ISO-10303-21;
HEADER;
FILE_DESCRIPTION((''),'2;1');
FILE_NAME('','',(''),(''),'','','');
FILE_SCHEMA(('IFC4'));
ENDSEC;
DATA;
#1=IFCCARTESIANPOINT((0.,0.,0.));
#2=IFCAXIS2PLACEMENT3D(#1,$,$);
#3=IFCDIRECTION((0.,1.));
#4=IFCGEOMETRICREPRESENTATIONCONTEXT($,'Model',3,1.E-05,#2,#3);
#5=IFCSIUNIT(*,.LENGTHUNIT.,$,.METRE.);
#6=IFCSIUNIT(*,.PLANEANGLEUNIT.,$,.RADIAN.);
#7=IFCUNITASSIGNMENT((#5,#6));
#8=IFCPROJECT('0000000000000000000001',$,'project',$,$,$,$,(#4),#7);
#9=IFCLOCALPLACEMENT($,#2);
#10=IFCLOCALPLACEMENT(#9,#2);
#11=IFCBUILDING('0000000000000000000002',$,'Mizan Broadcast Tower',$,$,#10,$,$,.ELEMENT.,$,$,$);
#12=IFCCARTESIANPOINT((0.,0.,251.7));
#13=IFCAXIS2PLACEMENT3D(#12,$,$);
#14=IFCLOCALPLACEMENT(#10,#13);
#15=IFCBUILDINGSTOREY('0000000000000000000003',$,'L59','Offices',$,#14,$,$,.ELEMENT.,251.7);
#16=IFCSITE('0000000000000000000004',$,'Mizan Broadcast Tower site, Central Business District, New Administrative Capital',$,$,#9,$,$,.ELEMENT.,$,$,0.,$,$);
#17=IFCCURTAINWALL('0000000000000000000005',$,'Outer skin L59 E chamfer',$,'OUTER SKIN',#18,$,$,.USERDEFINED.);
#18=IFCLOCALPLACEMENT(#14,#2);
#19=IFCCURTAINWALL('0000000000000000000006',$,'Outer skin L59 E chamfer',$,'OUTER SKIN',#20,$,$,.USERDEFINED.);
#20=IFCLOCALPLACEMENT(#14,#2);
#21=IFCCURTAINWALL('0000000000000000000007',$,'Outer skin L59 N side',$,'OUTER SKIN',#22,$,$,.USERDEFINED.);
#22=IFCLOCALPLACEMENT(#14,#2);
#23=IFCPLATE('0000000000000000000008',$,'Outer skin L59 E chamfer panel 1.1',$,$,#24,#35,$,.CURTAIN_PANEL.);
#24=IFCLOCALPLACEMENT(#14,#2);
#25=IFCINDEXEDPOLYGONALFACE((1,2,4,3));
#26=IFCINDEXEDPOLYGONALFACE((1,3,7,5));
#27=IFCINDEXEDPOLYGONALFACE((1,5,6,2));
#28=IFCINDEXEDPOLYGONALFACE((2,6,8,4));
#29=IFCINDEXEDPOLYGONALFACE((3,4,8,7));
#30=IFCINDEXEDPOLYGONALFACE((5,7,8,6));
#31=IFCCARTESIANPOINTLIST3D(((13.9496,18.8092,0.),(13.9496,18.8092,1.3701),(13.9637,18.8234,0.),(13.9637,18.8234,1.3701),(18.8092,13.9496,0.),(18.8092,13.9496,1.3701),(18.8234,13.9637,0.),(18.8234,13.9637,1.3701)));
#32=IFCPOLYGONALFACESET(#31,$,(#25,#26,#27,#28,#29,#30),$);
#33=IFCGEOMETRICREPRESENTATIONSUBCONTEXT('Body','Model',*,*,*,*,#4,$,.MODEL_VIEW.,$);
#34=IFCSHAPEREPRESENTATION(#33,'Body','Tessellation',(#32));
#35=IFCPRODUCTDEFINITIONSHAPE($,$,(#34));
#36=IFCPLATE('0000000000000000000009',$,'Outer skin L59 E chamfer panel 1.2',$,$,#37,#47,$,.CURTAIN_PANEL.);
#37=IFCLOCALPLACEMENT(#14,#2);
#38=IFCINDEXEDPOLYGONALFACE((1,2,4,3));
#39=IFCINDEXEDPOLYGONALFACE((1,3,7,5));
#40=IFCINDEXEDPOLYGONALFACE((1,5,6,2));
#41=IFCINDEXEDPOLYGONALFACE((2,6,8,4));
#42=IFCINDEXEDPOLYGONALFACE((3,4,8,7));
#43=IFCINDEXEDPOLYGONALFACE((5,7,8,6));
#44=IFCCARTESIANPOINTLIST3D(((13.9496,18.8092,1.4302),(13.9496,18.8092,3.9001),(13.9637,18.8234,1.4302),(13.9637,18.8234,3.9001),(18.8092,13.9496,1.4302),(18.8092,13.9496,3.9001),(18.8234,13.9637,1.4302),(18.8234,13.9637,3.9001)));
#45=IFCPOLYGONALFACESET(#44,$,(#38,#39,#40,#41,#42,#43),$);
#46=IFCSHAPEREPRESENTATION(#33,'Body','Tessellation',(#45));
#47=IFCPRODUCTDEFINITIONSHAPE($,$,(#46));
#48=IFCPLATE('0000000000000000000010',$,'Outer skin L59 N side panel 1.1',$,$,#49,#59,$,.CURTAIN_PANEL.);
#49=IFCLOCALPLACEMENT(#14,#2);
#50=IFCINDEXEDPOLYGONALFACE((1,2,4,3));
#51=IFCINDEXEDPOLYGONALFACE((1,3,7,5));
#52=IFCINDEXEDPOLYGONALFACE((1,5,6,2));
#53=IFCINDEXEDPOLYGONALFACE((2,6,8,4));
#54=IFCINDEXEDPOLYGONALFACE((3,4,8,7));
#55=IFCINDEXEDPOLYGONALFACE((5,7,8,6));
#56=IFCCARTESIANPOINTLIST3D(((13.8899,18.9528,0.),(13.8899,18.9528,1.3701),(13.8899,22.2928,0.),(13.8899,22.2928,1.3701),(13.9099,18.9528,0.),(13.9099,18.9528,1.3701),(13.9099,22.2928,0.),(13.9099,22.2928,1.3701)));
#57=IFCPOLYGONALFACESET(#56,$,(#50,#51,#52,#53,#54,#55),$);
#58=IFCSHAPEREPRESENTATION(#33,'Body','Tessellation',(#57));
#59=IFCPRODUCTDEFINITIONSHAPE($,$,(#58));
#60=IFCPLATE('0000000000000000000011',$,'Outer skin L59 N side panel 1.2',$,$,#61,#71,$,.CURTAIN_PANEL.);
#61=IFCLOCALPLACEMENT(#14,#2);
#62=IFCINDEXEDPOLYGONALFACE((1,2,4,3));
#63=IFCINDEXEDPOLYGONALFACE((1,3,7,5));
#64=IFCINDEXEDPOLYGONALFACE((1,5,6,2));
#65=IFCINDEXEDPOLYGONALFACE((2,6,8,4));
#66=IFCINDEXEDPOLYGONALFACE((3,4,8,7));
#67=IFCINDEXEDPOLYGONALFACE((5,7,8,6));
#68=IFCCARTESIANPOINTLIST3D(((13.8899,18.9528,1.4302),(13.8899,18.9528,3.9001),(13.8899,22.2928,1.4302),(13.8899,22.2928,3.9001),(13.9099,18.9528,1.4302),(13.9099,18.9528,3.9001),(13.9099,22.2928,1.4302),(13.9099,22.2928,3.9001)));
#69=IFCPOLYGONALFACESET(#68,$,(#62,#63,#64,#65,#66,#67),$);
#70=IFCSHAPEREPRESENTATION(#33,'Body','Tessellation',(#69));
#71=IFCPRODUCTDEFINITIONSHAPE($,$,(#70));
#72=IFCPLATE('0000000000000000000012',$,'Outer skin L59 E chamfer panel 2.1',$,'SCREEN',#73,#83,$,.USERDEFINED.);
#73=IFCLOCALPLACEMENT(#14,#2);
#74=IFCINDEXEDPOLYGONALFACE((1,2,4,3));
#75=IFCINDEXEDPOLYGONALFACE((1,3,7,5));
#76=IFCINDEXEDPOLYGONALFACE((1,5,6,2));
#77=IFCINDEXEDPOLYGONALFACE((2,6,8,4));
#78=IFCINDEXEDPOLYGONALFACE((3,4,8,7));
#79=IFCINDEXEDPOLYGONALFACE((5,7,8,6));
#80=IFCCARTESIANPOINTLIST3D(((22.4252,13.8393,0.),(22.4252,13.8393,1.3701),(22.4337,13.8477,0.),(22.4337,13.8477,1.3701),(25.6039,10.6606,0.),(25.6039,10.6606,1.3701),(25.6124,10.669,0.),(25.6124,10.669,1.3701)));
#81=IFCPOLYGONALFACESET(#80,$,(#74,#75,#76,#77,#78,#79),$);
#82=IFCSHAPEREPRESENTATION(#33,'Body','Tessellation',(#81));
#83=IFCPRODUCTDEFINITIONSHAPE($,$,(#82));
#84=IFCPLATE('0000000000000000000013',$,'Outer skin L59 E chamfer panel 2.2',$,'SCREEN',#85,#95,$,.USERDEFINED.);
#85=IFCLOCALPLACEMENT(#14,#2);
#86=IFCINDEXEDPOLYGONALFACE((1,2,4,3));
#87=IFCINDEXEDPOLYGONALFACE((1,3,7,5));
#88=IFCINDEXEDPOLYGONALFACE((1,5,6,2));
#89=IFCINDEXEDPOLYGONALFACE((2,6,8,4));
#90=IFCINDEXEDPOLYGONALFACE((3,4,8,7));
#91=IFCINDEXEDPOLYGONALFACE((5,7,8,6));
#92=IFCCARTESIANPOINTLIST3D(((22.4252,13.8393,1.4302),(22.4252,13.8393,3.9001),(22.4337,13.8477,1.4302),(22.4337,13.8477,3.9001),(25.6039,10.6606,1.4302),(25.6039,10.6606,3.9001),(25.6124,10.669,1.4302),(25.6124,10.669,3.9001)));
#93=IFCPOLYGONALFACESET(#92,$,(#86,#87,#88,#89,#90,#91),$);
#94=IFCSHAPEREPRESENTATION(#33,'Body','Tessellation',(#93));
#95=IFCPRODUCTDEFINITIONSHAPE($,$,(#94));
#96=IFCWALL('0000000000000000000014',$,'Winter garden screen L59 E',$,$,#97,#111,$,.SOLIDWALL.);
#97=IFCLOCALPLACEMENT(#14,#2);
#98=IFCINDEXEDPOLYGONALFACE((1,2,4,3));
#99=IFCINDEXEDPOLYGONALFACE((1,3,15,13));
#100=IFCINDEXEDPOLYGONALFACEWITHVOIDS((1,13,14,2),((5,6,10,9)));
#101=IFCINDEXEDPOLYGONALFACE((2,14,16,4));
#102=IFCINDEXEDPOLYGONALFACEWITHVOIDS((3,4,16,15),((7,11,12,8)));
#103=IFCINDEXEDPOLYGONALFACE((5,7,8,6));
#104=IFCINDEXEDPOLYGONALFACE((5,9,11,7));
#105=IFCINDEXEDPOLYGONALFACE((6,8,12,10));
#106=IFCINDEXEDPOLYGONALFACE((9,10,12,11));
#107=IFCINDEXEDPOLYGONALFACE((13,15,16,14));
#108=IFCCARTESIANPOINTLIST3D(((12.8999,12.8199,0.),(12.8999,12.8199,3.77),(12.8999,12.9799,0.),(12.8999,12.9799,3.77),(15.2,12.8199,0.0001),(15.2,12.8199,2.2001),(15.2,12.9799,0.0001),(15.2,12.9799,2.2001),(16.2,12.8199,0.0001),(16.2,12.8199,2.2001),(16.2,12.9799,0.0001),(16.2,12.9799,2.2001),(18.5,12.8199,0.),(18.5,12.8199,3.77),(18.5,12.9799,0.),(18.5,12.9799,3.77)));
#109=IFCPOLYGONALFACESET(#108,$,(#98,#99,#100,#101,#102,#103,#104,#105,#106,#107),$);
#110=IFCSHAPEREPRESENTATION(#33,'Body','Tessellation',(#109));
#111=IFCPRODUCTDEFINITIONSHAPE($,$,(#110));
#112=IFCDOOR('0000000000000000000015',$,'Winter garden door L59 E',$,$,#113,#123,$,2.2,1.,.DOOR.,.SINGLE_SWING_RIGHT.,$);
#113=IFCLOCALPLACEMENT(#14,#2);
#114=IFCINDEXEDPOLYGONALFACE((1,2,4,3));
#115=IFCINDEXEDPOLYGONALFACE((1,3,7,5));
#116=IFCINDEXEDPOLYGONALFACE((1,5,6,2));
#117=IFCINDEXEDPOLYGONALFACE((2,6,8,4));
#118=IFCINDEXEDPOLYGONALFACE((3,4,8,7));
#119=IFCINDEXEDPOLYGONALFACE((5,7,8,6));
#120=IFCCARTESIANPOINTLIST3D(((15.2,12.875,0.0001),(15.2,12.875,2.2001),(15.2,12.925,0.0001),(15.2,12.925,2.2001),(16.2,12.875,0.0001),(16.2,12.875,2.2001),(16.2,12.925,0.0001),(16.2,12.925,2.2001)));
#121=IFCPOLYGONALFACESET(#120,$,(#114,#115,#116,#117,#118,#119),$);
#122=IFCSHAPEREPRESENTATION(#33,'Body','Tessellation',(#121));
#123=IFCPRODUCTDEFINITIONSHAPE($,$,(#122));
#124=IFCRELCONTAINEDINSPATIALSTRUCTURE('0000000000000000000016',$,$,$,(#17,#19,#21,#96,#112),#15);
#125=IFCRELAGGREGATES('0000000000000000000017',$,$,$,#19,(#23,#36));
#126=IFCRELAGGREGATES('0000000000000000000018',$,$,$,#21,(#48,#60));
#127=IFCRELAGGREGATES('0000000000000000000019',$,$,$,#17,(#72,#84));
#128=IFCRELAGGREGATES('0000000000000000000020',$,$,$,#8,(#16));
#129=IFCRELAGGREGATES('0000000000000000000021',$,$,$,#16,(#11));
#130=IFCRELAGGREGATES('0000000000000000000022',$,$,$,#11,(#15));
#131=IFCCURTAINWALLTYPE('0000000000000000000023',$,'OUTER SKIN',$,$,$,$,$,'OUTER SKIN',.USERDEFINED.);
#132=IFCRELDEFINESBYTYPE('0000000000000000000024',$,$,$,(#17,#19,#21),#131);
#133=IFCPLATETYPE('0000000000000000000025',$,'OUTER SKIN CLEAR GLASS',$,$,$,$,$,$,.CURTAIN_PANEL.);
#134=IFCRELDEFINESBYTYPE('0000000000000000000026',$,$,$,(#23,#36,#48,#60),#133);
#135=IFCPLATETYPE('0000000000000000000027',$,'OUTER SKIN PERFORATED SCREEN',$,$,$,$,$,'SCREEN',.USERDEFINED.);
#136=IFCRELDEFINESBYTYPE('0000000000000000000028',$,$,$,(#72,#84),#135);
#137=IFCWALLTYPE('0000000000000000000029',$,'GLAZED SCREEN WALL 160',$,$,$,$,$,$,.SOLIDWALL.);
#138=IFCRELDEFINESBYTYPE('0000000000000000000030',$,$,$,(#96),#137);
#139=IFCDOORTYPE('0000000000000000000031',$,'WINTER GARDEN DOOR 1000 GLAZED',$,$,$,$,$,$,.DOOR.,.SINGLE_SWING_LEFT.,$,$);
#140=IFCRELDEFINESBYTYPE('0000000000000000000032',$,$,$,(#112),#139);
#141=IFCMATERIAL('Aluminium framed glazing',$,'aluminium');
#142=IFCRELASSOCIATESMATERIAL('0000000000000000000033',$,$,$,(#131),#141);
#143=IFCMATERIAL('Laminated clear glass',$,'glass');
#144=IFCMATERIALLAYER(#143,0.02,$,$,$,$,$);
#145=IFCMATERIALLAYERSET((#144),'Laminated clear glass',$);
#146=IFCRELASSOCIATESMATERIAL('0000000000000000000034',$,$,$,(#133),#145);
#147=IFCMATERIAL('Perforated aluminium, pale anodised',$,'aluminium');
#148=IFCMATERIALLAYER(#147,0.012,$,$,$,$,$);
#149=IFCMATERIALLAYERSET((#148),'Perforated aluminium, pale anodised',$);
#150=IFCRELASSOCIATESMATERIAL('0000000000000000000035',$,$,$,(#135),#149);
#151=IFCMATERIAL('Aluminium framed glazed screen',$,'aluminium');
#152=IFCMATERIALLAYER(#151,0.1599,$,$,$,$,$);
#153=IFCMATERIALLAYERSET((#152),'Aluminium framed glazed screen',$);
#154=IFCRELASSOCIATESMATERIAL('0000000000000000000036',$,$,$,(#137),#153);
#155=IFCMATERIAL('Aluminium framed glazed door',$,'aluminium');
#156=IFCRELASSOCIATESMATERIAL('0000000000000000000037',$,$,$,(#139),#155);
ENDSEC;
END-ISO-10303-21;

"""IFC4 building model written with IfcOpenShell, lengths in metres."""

from ifc_helpers import new_model, si_unit, direction, frame, frame_2d, origin, origin_2d, place, context, subcontext, project, spatial, rectangle, extrude, material, layer, layer_set, type_object, element, fill, aggregate, save


model = new_model("IFC4")

# Units and contexts
model_context = context("Model", 3, precision=1e-05, world=origin(), true_north=direction((0.0, 1.0)))
body_context = subcontext(model_context, "Body", "Model", "MODEL_VIEW")
ifc_project = project(units=[si_unit("LENGTHUNIT", "METRE"), si_unit("PLANEANGLEUNIT", "RADIAN")], contexts=[model_context])

# Site, building, storey
site_placement = place(None, origin())
site = spatial("IfcSite", under=ifc_project, at=site_placement, Name="Mizan Broadcast Tower site, Central Business District, New Administrative Capital", CompositionType="ELEMENT", RefElevation=0.0)
building_placement = place(site_placement, origin())
building = spatial("IfcBuilding", under=site, at=building_placement, Name="Mizan Broadcast Tower", CompositionType="ELEMENT")
storey_placement = place(building_placement, frame((0.0, 0.0, 251.7)))
storey = spatial("IfcBuildingStorey", under=building, at=storey_placement, Name="L59", Description="Offices", CompositionType="ELEMENT", Elevation=251.7)

# Curtain walls
ifc_material_1 = material(Name="Aluminium framed glazing", Category="aluminium")
curtain_wall_type_1 = type_object("IfcCurtainWallType", Name="OUTER SKIN", ElementType="OUTER SKIN", PredefinedType="USERDEFINED", material=ifc_material_1)
curtain_wall_1_placement = place(storey_placement, origin())
curtain_wall_1 = element("IfcCurtainWall", 1, at=curtain_wall_1_placement, inside=storey, type_object=curtain_wall_type_1, Name="Outer skin L59 E chamfer", ObjectType="OUTER SKIN", PredefinedType="USERDEFINED")
curtain_wall_2_placement = place(storey_placement, origin())
curtain_wall_2 = element("IfcCurtainWall", 2, at=curtain_wall_2_placement, inside=storey, type_object=curtain_wall_type_1, Name="Outer skin L59 E chamfer", ObjectType="OUTER SKIN", PredefinedType="USERDEFINED")
curtain_wall_3_placement = place(storey_placement, origin())
curtain_wall_3 = element("IfcCurtainWall", 3, at=curtain_wall_3_placement, inside=storey, type_object=curtain_wall_type_1, Name="Outer skin L59 N side", ObjectType="OUTER SKIN", PredefinedType="USERDEFINED")

# Plates
ifc_material_2 = material(Name="Laminated clear glass", Category="glass")
ifc_layer_1 = layer(ifc_material_2, 0.02)
ifc_layer_set_1 = layer_set([ifc_layer_1], Name="Laminated clear glass")
plate_type_1 = type_object("IfcPlateType", Name="OUTER SKIN CLEAR GLASS", PredefinedType="CURTAIN_PANEL", material=ifc_layer_set_1)
plate_1_placement = place(storey_placement, frame((16.3865, 16.3865, 0.0), z_axis=(0.0, 0.0, 1.0), x_axis=(-0.707107, 0.707107, 0.0)))
plate_1 = element("IfcPlate", 4, at=plate_1_placement, type_object=plate_type_1, Name="Outer skin L59 E chamfer panel 1.1", PredefinedType="CURTAIN_PANEL", context=body_context, shape_type="SweptSolid", body=[
    extrude(rectangle(XDim=6.8726, YDim=0.02, at=origin_2d()), origin(), (0.0, 0.0, 1.0), 1.3701),
])
plate_2_placement = place(storey_placement, frame((16.3865, 16.3865, 1.4302), z_axis=(0.0, 0.0, 1.0), x_axis=(-0.707107, 0.707107, 0.0)))
plate_2 = element("IfcPlate", 5, at=plate_2_placement, type_object=plate_type_1, Name="Outer skin L59 E chamfer panel 1.2", PredefinedType="CURTAIN_PANEL", context=body_context, shape_type="SweptSolid", body=[
    extrude(rectangle(XDim=6.8726, YDim=0.02, at=origin_2d()), origin(), (0.0, 0.0, 1.0), 2.47),
])
aggregate(curtain_wall_2, [plate_1, plate_2])
plate_3_placement = place(storey_placement, frame((13.8999, 20.6228, 0.0), z_axis=(0.0, 0.0, 1.0), x_axis=(0.0, 1.0, 0.0)))
plate_3 = element("IfcPlate", 6, at=plate_3_placement, type_object=plate_type_1, Name="Outer skin L59 N side panel 1.1", PredefinedType="CURTAIN_PANEL", context=body_context, shape_type="SweptSolid", body=[
    extrude(rectangle(XDim=3.3401, YDim=0.02, at=origin_2d()), origin(), (0.0, 0.0, 1.0), 1.3701),
])
plate_4_placement = place(storey_placement, frame((13.8999, 20.6228, 1.4302), z_axis=(0.0, 0.0, 1.0), x_axis=(0.0, 1.0, 0.0)))
plate_4 = element("IfcPlate", 7, at=plate_4_placement, type_object=plate_type_1, Name="Outer skin L59 N side panel 1.2", PredefinedType="CURTAIN_PANEL", context=body_context, shape_type="SweptSolid", body=[
    extrude(rectangle(XDim=3.3401, YDim=0.02, at=origin_2d()), origin(), (0.0, 0.0, 1.0), 2.47),
])
aggregate(curtain_wall_3, [plate_3, plate_4])
ifc_material_3 = material(Name="Perforated aluminium, pale anodised", Category="aluminium")
ifc_layer_2 = layer(ifc_material_3, 0.012)
ifc_layer_set_2 = layer_set([ifc_layer_2], Name="Perforated aluminium, pale anodised")
plate_type_2 = type_object("IfcPlateType", Name="OUTER SKIN PERFORATED SCREEN", ElementType="SCREEN", PredefinedType="USERDEFINED", material=ifc_layer_set_2)
plate_5_placement = place(storey_placement, frame((24.0188, 12.2542, 0.0), z_axis=(0.0, 0.0, 1.0), x_axis=(-0.707107, 0.707107, 0.0)))
plate_5 = element("IfcPlate", 8, at=plate_5_placement, type_object=plate_type_2, Name="Outer skin L59 E chamfer panel 2.1", ObjectType="SCREEN", PredefinedType="USERDEFINED", context=body_context, shape_type="SweptSolid", body=[
    extrude(rectangle(XDim=4.4954, YDim=0.012, at=origin_2d()), origin(), (0.0, 0.0, 1.0), 1.3701),
])
plate_6_placement = place(storey_placement, frame((24.0188, 12.2542, 1.4302), z_axis=(0.0, 0.0, 1.0), x_axis=(-0.707107, 0.707107, 0.0)))
plate_6 = element("IfcPlate", 9, at=plate_6_placement, type_object=plate_type_2, Name="Outer skin L59 E chamfer panel 2.2", ObjectType="SCREEN", PredefinedType="USERDEFINED", context=body_context, shape_type="SweptSolid", body=[
    extrude(rectangle(XDim=4.4954, YDim=0.012, at=origin_2d()), origin(), (0.0, 0.0, 1.0), 2.47),
])
aggregate(curtain_wall_1, [plate_5, plate_6])

# Wall, opening, door
ifc_material_4 = material(Name="Aluminium framed glazed screen", Category="aluminium")
ifc_layer_3 = layer(ifc_material_4, 0.1599)
ifc_layer_set_3 = layer_set([ifc_layer_3], Name="Aluminium framed glazed screen")
wall_type = type_object("IfcWallType", Name="GLAZED SCREEN WALL 160", PredefinedType="SOLIDWALL", material=ifc_layer_set_3)
wall_placement = place(storey_placement, frame((18.5, 12.8999, 0.0), z_axis=(0.0, 0.0, 1.0), x_axis=(-1.0, 0.0, 0.0)))
wall = element("IfcWall", 10, at=wall_placement, inside=storey, type_object=wall_type, Name="Winter garden screen L59 E", PredefinedType="SOLIDWALL", context=body_context, shape_type="SweptSolid", body=[
    extrude(rectangle(XDim=5.6001, YDim=0.1599, at=frame_2d((2.8, 0.0))), origin(), (0.0, 0.0, 1.0), 3.77),
])
opening_placement = place(wall_placement, frame((2.3, 0.0, 0.0)))
opening = element("IfcOpeningElement", 11, at=opening_placement, cuts=wall, PredefinedType="OPENING", context=body_context, shape_type="SweptSolid", body=[
    extrude(rectangle(XDim=1.0, YDim=2.2, at=frame_2d((0.5, 1.1001))), frame((0.0, 0.0898, 0.0), z_axis=(0.0, -1.0, 0.0), x_axis=(1.0, 0.0, 0.0)), (0.0, 0.0, 1.0), 0.1799),
])
ifc_material_5 = material(Name="Aluminium framed glazed door", Category="aluminium")
door_type = type_object("IfcDoorType", Name="WINTER GARDEN DOOR 1000 GLAZED", OperationType="SINGLE_SWING_LEFT", PredefinedType="DOOR", material=ifc_material_5)
door_placement = place(opening_placement, origin())
door = element("IfcDoor", 12, at=door_placement, inside=storey, type_object=door_type, Name="Winter garden door L59 E", OperationType="SINGLE_SWING_RIGHT", OverallHeight=2.2, OverallWidth=1.0, PredefinedType="DOOR", context=body_context, shape_type="SweptSolid", body=[
    extrude(rectangle(XDim=1.0, YDim=2.2, at=frame_2d((0.5, 1.1001))), frame((0.0, 0.0249, 0.0), z_axis=(0.0, -1.0, 0.0), x_axis=(1.0, 0.0, 0.0)), (0.0, 0.0, 1.0), 0.05),
])
fill(opening, door)

save(model, "model.ifc")
